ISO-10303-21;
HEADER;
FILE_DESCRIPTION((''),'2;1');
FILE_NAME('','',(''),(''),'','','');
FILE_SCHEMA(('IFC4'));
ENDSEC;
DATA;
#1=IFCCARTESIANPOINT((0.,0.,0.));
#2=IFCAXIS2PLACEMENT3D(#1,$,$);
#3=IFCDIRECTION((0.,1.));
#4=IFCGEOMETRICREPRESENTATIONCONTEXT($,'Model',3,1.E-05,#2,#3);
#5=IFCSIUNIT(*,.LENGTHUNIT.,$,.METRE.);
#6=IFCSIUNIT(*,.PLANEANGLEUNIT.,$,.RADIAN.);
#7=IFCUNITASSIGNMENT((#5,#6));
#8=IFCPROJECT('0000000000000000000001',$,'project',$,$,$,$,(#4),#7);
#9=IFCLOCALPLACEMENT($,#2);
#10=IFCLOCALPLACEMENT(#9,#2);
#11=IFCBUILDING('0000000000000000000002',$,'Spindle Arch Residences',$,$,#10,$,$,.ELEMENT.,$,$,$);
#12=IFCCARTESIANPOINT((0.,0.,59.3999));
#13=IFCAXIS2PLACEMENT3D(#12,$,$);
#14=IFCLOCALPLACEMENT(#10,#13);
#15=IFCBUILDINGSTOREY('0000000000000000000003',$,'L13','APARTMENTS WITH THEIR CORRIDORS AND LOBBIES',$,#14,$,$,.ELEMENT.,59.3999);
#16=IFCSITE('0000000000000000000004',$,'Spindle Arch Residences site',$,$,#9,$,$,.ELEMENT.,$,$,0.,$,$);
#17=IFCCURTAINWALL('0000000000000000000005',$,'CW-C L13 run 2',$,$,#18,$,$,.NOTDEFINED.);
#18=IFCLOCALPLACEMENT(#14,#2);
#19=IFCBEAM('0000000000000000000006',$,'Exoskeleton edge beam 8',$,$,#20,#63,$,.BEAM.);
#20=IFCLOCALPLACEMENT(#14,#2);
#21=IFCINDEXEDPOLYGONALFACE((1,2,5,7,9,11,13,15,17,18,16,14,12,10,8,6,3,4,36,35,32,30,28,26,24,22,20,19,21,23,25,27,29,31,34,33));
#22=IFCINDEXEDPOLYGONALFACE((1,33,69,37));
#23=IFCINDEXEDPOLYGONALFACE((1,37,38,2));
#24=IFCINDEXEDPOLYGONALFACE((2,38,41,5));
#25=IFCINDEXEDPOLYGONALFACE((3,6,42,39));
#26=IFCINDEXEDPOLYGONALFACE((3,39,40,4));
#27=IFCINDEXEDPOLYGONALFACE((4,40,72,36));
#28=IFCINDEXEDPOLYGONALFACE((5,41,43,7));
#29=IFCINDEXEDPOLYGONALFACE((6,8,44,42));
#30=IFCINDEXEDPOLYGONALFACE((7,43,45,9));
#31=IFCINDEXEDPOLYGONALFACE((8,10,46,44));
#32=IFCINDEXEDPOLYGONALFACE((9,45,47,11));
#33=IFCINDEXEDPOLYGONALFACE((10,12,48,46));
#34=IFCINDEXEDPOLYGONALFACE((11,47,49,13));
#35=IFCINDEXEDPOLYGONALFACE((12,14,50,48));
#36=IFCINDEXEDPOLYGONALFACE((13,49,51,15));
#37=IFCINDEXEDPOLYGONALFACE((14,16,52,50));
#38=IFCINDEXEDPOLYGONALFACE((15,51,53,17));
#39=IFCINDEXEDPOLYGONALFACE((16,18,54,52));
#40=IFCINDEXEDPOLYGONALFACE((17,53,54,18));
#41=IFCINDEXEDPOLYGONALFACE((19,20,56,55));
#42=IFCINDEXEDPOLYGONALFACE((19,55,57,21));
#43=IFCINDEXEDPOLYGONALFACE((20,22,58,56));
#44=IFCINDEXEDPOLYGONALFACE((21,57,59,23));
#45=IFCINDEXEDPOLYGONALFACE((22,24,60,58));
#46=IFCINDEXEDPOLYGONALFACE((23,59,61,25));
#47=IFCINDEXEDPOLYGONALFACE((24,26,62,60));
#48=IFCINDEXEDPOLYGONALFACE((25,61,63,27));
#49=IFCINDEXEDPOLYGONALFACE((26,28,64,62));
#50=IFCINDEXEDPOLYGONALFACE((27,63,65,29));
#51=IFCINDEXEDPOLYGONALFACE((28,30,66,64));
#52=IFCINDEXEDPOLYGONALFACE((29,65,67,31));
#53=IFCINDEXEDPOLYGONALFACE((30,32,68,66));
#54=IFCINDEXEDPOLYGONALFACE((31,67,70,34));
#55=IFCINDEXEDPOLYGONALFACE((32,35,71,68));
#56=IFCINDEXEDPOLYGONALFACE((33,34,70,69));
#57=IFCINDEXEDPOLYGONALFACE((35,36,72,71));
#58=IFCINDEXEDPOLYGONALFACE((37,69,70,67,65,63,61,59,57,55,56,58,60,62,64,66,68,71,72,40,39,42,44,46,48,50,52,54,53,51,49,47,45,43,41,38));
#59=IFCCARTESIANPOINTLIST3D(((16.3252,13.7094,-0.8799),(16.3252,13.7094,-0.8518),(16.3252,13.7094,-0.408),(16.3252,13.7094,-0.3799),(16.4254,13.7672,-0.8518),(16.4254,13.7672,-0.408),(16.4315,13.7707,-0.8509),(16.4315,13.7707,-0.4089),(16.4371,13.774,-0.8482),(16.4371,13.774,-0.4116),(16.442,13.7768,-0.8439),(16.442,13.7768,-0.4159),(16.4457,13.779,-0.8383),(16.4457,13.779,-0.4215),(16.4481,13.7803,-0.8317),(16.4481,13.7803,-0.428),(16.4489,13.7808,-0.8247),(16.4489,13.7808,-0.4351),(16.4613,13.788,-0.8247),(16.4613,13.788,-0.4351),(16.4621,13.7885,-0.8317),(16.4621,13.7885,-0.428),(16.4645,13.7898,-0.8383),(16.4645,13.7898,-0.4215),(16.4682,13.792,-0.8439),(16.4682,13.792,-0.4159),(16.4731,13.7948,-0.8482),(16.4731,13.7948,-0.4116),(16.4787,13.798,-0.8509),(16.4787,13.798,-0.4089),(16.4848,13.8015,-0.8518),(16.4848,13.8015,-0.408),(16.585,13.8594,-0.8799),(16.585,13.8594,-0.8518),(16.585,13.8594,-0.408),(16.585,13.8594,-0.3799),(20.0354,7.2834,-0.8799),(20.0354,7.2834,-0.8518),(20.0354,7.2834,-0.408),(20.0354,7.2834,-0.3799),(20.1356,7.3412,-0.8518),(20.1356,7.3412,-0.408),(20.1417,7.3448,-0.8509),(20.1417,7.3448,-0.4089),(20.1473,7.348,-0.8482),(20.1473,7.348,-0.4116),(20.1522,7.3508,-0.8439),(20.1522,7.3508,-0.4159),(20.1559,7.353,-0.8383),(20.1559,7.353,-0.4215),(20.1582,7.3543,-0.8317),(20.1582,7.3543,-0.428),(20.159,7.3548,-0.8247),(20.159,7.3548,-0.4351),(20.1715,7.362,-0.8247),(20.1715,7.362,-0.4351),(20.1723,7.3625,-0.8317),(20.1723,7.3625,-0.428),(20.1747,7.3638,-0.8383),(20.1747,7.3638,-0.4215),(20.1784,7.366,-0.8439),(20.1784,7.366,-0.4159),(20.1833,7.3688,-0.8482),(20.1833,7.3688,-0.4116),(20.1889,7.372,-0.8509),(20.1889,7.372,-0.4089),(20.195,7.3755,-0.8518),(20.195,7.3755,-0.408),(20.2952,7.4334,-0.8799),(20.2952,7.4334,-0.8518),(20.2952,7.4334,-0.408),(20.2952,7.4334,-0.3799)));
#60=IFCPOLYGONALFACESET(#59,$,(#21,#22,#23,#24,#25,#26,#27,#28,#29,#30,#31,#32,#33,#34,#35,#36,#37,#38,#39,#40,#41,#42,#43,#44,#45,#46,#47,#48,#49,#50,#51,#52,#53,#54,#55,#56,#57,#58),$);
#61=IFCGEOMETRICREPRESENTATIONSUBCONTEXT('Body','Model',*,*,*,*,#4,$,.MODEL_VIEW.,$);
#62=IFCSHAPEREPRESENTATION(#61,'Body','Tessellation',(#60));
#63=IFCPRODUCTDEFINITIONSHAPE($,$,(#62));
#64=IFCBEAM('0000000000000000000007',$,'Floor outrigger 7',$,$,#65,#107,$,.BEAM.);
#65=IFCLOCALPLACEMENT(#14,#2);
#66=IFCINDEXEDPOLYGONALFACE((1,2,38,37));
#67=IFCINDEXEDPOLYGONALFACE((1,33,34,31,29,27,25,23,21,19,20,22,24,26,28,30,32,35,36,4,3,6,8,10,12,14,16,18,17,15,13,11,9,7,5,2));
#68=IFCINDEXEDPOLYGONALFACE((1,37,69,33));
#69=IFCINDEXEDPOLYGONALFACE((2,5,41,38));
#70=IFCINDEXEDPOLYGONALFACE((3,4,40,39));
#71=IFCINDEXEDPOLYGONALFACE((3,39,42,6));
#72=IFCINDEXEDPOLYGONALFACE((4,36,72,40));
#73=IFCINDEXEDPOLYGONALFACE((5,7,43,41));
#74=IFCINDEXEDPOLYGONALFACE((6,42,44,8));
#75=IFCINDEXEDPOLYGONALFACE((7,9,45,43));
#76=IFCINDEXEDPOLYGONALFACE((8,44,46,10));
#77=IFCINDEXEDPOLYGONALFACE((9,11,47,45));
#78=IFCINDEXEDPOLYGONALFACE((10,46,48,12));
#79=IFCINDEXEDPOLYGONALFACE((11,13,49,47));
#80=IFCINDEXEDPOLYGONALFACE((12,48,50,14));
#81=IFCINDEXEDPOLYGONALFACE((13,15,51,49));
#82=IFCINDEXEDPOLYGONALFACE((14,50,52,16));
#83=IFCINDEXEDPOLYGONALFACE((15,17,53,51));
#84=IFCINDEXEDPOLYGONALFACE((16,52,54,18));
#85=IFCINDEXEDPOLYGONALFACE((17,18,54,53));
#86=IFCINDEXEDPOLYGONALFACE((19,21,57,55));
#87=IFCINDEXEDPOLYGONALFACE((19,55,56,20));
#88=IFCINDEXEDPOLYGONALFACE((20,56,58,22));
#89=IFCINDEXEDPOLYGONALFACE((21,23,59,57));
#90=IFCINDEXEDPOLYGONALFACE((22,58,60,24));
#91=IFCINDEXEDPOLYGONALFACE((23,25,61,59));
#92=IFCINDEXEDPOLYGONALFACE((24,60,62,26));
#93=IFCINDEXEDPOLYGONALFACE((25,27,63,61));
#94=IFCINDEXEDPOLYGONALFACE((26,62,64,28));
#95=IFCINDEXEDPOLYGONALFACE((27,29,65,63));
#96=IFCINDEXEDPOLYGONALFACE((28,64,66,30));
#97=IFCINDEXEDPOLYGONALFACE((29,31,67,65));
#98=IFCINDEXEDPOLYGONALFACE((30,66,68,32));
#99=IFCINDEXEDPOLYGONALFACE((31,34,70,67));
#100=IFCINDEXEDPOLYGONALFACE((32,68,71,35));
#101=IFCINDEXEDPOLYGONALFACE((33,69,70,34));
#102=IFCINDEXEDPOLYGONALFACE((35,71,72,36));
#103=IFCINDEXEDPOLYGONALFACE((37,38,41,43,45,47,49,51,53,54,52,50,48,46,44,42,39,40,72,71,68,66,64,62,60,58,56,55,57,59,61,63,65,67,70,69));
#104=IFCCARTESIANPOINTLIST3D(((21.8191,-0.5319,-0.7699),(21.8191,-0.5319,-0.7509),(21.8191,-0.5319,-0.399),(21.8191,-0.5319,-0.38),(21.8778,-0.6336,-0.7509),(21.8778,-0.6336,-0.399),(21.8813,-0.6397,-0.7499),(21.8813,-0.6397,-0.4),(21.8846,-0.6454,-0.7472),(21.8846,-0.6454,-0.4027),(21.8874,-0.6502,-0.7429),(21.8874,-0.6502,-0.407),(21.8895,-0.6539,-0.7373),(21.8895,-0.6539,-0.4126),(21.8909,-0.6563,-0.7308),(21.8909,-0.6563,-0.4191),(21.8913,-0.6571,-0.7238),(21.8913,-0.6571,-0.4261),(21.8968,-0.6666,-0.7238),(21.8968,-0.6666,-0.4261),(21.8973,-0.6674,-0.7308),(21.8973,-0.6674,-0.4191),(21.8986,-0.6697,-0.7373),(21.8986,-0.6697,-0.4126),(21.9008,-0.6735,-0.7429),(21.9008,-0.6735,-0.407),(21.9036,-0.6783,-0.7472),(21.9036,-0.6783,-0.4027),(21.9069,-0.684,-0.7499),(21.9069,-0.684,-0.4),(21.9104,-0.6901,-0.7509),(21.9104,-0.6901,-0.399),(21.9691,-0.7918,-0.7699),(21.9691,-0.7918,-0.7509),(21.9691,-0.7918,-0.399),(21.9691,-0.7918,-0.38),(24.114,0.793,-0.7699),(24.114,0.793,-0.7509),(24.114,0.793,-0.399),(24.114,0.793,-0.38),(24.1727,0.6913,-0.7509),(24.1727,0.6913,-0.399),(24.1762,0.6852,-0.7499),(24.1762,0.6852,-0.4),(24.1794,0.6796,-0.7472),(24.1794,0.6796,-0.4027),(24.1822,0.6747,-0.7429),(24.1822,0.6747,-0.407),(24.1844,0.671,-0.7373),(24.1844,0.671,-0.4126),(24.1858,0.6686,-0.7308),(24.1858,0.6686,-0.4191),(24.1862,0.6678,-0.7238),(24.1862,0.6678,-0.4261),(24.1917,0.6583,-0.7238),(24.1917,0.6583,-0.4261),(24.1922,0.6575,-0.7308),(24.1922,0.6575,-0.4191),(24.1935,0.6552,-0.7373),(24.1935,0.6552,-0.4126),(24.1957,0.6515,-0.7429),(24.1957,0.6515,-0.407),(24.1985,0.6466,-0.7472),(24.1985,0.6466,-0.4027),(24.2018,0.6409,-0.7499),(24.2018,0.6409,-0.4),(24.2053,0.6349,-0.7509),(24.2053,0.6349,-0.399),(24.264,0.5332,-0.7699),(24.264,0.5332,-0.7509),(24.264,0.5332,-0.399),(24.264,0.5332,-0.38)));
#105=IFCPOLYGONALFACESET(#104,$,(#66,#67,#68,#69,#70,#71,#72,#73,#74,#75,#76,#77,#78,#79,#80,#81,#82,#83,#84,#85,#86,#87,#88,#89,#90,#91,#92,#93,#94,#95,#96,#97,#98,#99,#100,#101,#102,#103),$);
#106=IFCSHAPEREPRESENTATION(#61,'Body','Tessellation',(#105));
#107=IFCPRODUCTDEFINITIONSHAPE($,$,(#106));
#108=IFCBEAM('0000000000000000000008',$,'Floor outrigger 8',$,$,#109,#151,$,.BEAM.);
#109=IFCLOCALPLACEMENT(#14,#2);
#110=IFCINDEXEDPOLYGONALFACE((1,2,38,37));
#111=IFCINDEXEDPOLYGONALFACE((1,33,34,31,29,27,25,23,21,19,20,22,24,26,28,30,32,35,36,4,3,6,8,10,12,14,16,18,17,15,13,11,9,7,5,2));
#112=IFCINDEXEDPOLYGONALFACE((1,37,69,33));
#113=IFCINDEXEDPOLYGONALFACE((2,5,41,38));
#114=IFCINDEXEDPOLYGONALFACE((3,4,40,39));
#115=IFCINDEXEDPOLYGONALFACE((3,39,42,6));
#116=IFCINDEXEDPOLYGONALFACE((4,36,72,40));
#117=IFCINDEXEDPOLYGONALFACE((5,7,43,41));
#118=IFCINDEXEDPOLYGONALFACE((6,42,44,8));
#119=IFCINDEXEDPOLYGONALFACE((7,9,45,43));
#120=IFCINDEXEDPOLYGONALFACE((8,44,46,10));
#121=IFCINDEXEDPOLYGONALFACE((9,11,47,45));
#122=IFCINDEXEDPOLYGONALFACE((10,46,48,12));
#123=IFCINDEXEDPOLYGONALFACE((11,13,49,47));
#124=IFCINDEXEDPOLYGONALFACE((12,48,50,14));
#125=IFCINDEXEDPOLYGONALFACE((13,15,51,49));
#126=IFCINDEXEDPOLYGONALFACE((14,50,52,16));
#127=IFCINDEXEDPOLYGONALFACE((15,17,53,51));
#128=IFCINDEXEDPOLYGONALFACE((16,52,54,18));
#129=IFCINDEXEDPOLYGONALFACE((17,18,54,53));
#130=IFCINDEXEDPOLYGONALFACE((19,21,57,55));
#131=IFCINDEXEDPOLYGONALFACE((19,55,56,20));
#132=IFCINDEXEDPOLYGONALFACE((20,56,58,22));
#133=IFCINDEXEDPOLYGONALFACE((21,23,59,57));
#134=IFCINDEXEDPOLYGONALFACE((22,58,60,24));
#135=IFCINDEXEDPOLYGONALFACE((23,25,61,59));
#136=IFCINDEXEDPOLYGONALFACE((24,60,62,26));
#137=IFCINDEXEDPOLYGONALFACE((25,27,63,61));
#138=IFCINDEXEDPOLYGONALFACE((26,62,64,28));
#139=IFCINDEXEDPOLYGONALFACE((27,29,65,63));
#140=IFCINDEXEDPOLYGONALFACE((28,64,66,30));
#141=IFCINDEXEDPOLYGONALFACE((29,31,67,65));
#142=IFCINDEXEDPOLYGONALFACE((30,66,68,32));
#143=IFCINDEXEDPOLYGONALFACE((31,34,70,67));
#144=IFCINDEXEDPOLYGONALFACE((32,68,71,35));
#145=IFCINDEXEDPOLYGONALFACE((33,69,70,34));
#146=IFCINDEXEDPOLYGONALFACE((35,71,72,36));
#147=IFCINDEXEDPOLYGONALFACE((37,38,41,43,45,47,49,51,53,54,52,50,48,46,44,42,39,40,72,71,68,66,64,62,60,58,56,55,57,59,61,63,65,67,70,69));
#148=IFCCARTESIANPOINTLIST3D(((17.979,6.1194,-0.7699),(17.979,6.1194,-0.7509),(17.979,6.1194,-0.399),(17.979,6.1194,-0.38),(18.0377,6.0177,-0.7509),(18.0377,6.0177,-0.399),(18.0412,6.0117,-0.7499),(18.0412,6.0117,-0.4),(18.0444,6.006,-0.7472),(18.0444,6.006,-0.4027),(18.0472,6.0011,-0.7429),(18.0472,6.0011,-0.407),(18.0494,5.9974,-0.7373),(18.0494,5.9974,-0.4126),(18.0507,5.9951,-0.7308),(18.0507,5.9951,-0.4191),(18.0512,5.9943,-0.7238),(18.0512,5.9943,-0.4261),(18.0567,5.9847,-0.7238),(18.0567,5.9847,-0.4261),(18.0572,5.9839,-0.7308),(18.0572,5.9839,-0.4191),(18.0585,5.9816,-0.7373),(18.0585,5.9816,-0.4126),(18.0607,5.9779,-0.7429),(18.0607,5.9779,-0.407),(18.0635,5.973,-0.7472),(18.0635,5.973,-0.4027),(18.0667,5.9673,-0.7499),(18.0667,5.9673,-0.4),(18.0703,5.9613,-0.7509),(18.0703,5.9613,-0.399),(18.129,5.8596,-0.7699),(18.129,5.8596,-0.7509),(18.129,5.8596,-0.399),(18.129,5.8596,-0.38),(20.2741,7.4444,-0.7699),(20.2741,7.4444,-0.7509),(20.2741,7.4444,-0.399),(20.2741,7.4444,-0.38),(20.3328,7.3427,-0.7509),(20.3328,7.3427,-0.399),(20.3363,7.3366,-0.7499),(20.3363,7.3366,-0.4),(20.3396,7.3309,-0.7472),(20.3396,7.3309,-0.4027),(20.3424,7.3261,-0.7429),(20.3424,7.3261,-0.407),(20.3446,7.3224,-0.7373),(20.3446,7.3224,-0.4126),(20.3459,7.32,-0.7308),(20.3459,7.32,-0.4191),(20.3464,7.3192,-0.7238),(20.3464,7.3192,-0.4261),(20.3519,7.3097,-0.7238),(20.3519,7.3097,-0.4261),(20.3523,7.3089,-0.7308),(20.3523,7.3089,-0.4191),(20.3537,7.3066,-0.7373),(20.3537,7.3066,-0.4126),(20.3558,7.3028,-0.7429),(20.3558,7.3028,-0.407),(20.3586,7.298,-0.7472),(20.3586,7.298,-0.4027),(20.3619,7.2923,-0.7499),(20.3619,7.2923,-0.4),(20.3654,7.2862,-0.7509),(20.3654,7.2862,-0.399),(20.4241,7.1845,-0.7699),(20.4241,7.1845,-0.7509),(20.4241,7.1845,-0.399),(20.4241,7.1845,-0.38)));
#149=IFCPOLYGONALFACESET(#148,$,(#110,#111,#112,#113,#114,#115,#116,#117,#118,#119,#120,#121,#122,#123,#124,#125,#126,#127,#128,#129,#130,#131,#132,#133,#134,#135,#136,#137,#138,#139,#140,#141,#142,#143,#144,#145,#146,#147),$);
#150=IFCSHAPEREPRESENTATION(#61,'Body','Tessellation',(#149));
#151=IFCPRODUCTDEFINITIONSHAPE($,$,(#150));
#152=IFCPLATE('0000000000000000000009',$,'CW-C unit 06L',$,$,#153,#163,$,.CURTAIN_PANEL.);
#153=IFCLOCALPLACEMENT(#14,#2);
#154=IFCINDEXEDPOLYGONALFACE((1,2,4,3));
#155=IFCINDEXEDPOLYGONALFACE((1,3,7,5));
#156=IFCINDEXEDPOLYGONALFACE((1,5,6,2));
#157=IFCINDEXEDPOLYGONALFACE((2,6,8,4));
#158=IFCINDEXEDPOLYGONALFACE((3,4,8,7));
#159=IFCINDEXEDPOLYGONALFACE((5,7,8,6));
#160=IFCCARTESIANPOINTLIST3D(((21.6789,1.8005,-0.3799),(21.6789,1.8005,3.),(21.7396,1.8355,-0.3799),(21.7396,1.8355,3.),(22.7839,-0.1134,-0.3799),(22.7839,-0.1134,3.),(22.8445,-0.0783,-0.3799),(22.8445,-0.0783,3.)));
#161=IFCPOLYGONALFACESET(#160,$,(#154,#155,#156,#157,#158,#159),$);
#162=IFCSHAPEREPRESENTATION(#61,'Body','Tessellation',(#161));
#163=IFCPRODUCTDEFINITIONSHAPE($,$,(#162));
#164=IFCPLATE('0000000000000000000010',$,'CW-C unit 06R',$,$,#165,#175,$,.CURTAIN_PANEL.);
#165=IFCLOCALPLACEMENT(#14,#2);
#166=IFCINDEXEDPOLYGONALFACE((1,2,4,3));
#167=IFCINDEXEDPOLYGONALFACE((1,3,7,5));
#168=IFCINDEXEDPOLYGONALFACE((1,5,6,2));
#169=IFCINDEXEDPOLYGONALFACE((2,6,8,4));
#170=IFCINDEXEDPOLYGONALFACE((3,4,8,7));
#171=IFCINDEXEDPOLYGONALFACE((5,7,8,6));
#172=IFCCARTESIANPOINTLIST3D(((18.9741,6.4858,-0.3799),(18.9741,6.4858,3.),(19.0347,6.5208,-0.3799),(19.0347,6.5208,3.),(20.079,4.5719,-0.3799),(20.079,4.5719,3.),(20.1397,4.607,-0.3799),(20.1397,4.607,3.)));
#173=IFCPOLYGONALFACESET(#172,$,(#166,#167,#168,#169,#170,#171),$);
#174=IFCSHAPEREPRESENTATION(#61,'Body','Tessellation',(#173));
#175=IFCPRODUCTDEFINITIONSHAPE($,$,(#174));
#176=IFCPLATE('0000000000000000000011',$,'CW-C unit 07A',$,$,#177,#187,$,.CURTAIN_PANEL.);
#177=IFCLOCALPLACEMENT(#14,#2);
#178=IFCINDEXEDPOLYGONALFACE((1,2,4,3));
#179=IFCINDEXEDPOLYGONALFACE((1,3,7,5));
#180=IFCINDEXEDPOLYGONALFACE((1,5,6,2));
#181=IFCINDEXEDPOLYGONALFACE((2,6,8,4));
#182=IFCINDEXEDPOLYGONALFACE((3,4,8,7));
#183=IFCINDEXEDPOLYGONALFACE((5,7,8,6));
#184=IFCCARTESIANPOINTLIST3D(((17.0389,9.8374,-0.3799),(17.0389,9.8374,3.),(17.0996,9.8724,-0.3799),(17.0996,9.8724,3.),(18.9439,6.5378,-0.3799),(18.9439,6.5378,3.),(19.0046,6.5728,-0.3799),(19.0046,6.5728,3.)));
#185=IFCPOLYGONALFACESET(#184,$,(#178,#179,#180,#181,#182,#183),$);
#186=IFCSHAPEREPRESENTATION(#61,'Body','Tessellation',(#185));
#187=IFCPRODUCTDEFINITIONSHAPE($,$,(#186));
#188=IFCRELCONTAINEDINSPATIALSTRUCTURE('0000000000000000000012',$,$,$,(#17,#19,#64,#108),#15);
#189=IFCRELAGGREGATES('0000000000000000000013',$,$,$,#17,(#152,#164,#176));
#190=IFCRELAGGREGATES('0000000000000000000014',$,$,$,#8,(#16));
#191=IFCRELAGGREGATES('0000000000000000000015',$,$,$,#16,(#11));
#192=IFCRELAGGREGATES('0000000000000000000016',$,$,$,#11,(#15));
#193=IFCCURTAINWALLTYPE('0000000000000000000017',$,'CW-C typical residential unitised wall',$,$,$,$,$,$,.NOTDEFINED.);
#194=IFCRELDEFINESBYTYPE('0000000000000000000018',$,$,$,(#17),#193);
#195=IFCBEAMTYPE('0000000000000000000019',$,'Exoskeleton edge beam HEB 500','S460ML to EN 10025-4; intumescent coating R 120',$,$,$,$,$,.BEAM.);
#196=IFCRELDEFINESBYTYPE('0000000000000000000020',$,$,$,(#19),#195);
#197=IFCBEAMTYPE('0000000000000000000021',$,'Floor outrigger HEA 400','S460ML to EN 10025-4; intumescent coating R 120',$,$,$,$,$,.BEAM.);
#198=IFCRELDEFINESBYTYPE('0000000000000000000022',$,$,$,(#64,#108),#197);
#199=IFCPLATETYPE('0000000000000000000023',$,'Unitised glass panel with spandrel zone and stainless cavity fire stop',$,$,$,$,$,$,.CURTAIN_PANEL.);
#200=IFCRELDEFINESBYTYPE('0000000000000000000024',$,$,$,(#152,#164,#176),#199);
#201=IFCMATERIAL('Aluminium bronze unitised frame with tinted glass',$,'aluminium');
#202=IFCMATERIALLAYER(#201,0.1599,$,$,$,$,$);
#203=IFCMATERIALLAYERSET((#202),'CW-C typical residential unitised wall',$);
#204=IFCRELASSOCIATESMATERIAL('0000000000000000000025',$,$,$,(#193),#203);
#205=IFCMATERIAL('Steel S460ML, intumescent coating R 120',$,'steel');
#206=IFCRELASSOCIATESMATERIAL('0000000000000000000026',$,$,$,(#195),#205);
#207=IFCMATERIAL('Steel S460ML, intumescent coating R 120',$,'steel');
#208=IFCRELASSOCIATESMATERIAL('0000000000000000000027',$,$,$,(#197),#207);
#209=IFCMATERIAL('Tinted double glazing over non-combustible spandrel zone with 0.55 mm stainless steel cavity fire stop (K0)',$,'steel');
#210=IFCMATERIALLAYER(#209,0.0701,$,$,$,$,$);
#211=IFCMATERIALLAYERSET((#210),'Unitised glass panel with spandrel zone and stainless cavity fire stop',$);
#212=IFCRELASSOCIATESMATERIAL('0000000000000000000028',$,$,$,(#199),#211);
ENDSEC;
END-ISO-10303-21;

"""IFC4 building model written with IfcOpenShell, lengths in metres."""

from ifc_helpers import new_model, si_unit, direction, frame, origin, origin_2d, place, context, subcontext, project, spatial, rectangle, i_section, extrude, material, layer, layer_set, material_profile, profile_set, type_object, element, aggregate, save


model = new_model("IFC4")

# Units and contexts
model_context = context("Model", 3, precision=1e-05, world=origin(), true_north=direction((0.0, 1.0)))
body_context = subcontext(model_context, "Body", "Model", "MODEL_VIEW")
ifc_project = project(units=[si_unit("LENGTHUNIT", "METRE"), si_unit("PLANEANGLEUNIT", "RADIAN")], contexts=[model_context])

# Site, building, storey
site_placement = place(None, origin())
site = spatial("IfcSite", under=ifc_project, at=site_placement, Name="Spindle Arch Residences site", CompositionType="ELEMENT", RefElevation=0.0)
building_placement = place(site_placement, origin())
building = spatial("IfcBuilding", under=site, at=building_placement, Name="Spindle Arch Residences", CompositionType="ELEMENT")
storey_placement = place(building_placement, frame((0.0, 0.0, 59.3999)))
storey = spatial("IfcBuildingStorey", under=building, at=storey_placement, Name="L13", Description="APARTMENTS WITH THEIR CORRIDORS AND LOBBIES", CompositionType="ELEMENT", Elevation=59.3999)

# Curtain wall
ifc_material_1 = material(Name="Aluminium bronze unitised frame with tinted glass", Category="aluminium")
ifc_layer_1 = layer(ifc_material_1, 0.1599)
ifc_layer_set_1 = layer_set([ifc_layer_1], Name="CW-C typical residential unitised wall")
curtain_wall_type = type_object("IfcCurtainWallType", Name="CW-C typical residential unitised wall", PredefinedType="NOTDEFINED", material=ifc_layer_set_1)
curtain_wall_placement = place(storey_placement, origin())
curtain_wall = element("IfcCurtainWall", 1, at=curtain_wall_placement, inside=storey, type_object=curtain_wall_type, Name="CW-C L13 run 2", PredefinedType="NOTDEFINED")

# Beams
ifc_material_2 = material(Name="Steel S460ML, intumescent coating R 120", Category="steel")
ifc_material_profile_1 = material_profile(ifc_material_2, i_section(OverallWidth=0.3, OverallDepth=0.5, WebThickness=0.0144, FlangeThickness=0.0281, FilletRadius=0.0271, at=origin_2d()), Name="HEB 500")
ifc_profile_set_1 = profile_set([ifc_material_profile_1], Name="Steel S460ML, intumescent coating R 120")
beam_type_1 = type_object("IfcBeamType", Name="Exoskeleton edge beam HEB 500", Description="S460ML to EN 10025-4; intumescent coating R 120", PredefinedType="BEAM", material=ifc_profile_set_1)
for number, where, z_axis, x_axis, name in (
    (2, (20.1653, 7.3584, -0.6299), (-0.500014, 0.866017, 0.0), (-0.866017, -0.500014, 0.0), "Exoskeleton edge beam 8"),
):
    element("IfcBeam", number, at=place(storey_placement, frame(where, z_axis=z_axis, x_axis=x_axis)), inside=storey, type_object=beam_type_1, Name=name, PredefinedType="BEAM", context=body_context, shape_type="SweptSolid", body=[
        extrude(i_section(OverallWidth=0.3, OverallDepth=0.5, WebThickness=0.0144, FlangeThickness=0.0281, FilletRadius=0.0271, at=origin_2d()), origin(), (0.0, 0.0, 1.0), 7.4202),
    ])
ifc_material_3 = material(Name="Steel S460ML, intumescent coating R 120", Category="steel")
ifc_material_profile_2 = material_profile(ifc_material_3, i_section(OverallWidth=0.3, OverallDepth=0.3899, WebThickness=0.011, FlangeThickness=0.019, FilletRadius=0.0271, at=origin_2d()), Name="HEA 400")
ifc_profile_set_2 = profile_set([ifc_material_profile_2], Name="Steel S460ML, intumescent coating R 120")
beam_type_2 = type_object("IfcBeamType", Name="Floor outrigger HEA 400", Description="S460ML to EN 10025-4; intumescent coating R 120", PredefinedType="BEAM", material=ifc_profile_set_2)
beam_1_placement = place(storey_placement, frame((24.189, 0.6631, -0.575), z_axis=(-0.866029, -0.499994, 0.0), x_axis=(0.499994, -0.866029, 0.0)))
element("IfcBeam", 3, at=beam_1_placement, inside=storey, type_object=beam_type_2, Name="Floor outrigger 7", PredefinedType="BEAM", context=body_context, shape_type="SweptSolid", body=[
    extrude(i_section(OverallWidth=0.3, OverallDepth=0.3899, WebThickness=0.011, FlangeThickness=0.019, FilletRadius=0.0271, at=origin_2d()), origin(), (0.0, 0.0, 1.0), 2.6499),
])
beam_2_placement = place(storey_placement, frame((20.3491, 7.3145, -0.575), z_axis=(-0.866052, -0.499954, 0.0), x_axis=(0.499954, -0.866052, 0.0)))
element("IfcBeam", 4, at=beam_2_placement, inside=storey, type_object=beam_type_2, Name="Floor outrigger 8", PredefinedType="BEAM", context=body_context, shape_type="SweptSolid", body=[
    extrude(i_section(OverallWidth=0.3, OverallDepth=0.3899, WebThickness=0.011, FlangeThickness=0.019, FilletRadius=0.0271, at=origin_2d()), origin(), (0.0, 0.0, 1.0), 2.6501),
])

# Plates
ifc_material_4 = material(Name="Tinted double glazing over non-combustible spandrel zone with 0.55 mm stainless steel cavity fire stop (K0)", Category="steel")
ifc_layer_2 = layer(ifc_material_4, 0.0701)
ifc_layer_set_2 = layer_set([ifc_layer_2], Name="Unitised glass panel with spandrel zone and stainless cavity fire stop")
plate_type = type_object("IfcPlateType", Name="Unitised glass panel with spandrel zone and stainless cavity fire stop", PredefinedType="CURTAIN_PANEL", material=ifc_layer_set_2)
plate_1_placement = place(storey_placement, frame((22.2617, 0.8611, -0.3799), z_axis=(0.0, 0.0, 1.0), x_axis=(-0.5, 0.866025, 0.0)))
plate_1 = element("IfcPlate", 5, at=plate_1_placement, type_object=plate_type, Name="CW-C unit 06L", PredefinedType="CURTAIN_PANEL", context=body_context, shape_type="SweptSolid", body=[
    extrude(rectangle(XDim=2.21, YDim=0.0701, at=origin_2d()), origin(), (0.0, 0.0, 1.0), 3.3799),
])
plate_2_placement = place(storey_placement, frame((19.5569, 5.5464, -0.3799), z_axis=(0.0, 0.0, 1.0), x_axis=(-0.5, 0.866025, 0.0)))
plate_2 = element("IfcPlate", 6, at=plate_2_placement, type_object=plate_type, Name="CW-C unit 06R", PredefinedType="CURTAIN_PANEL", context=body_context, shape_type="SweptSolid", body=[
    extrude(rectangle(XDim=2.21, YDim=0.0701, at=origin_2d()), origin(), (0.0, 0.0, 1.0), 3.3799),
])
plate_3_placement = place(storey_placement, frame((18.0217, 8.2051, -0.3799), z_axis=(0.0, 0.0, 1.0), x_axis=(-0.5, 0.866025, 0.0)))
plate_3 = element("IfcPlate", 7, at=plate_3_placement, type_object=plate_type, Name="CW-C unit 07A", PredefinedType="CURTAIN_PANEL", context=body_context, shape_type="SweptSolid", body=[
    extrude(rectangle(XDim=3.8101, YDim=0.0701, at=origin_2d()), origin(), (0.0, 0.0, 1.0), 3.3799),
])
aggregate(curtain_wall, [plate_1, plate_2, plate_3])

save(model, "model.ifc")
